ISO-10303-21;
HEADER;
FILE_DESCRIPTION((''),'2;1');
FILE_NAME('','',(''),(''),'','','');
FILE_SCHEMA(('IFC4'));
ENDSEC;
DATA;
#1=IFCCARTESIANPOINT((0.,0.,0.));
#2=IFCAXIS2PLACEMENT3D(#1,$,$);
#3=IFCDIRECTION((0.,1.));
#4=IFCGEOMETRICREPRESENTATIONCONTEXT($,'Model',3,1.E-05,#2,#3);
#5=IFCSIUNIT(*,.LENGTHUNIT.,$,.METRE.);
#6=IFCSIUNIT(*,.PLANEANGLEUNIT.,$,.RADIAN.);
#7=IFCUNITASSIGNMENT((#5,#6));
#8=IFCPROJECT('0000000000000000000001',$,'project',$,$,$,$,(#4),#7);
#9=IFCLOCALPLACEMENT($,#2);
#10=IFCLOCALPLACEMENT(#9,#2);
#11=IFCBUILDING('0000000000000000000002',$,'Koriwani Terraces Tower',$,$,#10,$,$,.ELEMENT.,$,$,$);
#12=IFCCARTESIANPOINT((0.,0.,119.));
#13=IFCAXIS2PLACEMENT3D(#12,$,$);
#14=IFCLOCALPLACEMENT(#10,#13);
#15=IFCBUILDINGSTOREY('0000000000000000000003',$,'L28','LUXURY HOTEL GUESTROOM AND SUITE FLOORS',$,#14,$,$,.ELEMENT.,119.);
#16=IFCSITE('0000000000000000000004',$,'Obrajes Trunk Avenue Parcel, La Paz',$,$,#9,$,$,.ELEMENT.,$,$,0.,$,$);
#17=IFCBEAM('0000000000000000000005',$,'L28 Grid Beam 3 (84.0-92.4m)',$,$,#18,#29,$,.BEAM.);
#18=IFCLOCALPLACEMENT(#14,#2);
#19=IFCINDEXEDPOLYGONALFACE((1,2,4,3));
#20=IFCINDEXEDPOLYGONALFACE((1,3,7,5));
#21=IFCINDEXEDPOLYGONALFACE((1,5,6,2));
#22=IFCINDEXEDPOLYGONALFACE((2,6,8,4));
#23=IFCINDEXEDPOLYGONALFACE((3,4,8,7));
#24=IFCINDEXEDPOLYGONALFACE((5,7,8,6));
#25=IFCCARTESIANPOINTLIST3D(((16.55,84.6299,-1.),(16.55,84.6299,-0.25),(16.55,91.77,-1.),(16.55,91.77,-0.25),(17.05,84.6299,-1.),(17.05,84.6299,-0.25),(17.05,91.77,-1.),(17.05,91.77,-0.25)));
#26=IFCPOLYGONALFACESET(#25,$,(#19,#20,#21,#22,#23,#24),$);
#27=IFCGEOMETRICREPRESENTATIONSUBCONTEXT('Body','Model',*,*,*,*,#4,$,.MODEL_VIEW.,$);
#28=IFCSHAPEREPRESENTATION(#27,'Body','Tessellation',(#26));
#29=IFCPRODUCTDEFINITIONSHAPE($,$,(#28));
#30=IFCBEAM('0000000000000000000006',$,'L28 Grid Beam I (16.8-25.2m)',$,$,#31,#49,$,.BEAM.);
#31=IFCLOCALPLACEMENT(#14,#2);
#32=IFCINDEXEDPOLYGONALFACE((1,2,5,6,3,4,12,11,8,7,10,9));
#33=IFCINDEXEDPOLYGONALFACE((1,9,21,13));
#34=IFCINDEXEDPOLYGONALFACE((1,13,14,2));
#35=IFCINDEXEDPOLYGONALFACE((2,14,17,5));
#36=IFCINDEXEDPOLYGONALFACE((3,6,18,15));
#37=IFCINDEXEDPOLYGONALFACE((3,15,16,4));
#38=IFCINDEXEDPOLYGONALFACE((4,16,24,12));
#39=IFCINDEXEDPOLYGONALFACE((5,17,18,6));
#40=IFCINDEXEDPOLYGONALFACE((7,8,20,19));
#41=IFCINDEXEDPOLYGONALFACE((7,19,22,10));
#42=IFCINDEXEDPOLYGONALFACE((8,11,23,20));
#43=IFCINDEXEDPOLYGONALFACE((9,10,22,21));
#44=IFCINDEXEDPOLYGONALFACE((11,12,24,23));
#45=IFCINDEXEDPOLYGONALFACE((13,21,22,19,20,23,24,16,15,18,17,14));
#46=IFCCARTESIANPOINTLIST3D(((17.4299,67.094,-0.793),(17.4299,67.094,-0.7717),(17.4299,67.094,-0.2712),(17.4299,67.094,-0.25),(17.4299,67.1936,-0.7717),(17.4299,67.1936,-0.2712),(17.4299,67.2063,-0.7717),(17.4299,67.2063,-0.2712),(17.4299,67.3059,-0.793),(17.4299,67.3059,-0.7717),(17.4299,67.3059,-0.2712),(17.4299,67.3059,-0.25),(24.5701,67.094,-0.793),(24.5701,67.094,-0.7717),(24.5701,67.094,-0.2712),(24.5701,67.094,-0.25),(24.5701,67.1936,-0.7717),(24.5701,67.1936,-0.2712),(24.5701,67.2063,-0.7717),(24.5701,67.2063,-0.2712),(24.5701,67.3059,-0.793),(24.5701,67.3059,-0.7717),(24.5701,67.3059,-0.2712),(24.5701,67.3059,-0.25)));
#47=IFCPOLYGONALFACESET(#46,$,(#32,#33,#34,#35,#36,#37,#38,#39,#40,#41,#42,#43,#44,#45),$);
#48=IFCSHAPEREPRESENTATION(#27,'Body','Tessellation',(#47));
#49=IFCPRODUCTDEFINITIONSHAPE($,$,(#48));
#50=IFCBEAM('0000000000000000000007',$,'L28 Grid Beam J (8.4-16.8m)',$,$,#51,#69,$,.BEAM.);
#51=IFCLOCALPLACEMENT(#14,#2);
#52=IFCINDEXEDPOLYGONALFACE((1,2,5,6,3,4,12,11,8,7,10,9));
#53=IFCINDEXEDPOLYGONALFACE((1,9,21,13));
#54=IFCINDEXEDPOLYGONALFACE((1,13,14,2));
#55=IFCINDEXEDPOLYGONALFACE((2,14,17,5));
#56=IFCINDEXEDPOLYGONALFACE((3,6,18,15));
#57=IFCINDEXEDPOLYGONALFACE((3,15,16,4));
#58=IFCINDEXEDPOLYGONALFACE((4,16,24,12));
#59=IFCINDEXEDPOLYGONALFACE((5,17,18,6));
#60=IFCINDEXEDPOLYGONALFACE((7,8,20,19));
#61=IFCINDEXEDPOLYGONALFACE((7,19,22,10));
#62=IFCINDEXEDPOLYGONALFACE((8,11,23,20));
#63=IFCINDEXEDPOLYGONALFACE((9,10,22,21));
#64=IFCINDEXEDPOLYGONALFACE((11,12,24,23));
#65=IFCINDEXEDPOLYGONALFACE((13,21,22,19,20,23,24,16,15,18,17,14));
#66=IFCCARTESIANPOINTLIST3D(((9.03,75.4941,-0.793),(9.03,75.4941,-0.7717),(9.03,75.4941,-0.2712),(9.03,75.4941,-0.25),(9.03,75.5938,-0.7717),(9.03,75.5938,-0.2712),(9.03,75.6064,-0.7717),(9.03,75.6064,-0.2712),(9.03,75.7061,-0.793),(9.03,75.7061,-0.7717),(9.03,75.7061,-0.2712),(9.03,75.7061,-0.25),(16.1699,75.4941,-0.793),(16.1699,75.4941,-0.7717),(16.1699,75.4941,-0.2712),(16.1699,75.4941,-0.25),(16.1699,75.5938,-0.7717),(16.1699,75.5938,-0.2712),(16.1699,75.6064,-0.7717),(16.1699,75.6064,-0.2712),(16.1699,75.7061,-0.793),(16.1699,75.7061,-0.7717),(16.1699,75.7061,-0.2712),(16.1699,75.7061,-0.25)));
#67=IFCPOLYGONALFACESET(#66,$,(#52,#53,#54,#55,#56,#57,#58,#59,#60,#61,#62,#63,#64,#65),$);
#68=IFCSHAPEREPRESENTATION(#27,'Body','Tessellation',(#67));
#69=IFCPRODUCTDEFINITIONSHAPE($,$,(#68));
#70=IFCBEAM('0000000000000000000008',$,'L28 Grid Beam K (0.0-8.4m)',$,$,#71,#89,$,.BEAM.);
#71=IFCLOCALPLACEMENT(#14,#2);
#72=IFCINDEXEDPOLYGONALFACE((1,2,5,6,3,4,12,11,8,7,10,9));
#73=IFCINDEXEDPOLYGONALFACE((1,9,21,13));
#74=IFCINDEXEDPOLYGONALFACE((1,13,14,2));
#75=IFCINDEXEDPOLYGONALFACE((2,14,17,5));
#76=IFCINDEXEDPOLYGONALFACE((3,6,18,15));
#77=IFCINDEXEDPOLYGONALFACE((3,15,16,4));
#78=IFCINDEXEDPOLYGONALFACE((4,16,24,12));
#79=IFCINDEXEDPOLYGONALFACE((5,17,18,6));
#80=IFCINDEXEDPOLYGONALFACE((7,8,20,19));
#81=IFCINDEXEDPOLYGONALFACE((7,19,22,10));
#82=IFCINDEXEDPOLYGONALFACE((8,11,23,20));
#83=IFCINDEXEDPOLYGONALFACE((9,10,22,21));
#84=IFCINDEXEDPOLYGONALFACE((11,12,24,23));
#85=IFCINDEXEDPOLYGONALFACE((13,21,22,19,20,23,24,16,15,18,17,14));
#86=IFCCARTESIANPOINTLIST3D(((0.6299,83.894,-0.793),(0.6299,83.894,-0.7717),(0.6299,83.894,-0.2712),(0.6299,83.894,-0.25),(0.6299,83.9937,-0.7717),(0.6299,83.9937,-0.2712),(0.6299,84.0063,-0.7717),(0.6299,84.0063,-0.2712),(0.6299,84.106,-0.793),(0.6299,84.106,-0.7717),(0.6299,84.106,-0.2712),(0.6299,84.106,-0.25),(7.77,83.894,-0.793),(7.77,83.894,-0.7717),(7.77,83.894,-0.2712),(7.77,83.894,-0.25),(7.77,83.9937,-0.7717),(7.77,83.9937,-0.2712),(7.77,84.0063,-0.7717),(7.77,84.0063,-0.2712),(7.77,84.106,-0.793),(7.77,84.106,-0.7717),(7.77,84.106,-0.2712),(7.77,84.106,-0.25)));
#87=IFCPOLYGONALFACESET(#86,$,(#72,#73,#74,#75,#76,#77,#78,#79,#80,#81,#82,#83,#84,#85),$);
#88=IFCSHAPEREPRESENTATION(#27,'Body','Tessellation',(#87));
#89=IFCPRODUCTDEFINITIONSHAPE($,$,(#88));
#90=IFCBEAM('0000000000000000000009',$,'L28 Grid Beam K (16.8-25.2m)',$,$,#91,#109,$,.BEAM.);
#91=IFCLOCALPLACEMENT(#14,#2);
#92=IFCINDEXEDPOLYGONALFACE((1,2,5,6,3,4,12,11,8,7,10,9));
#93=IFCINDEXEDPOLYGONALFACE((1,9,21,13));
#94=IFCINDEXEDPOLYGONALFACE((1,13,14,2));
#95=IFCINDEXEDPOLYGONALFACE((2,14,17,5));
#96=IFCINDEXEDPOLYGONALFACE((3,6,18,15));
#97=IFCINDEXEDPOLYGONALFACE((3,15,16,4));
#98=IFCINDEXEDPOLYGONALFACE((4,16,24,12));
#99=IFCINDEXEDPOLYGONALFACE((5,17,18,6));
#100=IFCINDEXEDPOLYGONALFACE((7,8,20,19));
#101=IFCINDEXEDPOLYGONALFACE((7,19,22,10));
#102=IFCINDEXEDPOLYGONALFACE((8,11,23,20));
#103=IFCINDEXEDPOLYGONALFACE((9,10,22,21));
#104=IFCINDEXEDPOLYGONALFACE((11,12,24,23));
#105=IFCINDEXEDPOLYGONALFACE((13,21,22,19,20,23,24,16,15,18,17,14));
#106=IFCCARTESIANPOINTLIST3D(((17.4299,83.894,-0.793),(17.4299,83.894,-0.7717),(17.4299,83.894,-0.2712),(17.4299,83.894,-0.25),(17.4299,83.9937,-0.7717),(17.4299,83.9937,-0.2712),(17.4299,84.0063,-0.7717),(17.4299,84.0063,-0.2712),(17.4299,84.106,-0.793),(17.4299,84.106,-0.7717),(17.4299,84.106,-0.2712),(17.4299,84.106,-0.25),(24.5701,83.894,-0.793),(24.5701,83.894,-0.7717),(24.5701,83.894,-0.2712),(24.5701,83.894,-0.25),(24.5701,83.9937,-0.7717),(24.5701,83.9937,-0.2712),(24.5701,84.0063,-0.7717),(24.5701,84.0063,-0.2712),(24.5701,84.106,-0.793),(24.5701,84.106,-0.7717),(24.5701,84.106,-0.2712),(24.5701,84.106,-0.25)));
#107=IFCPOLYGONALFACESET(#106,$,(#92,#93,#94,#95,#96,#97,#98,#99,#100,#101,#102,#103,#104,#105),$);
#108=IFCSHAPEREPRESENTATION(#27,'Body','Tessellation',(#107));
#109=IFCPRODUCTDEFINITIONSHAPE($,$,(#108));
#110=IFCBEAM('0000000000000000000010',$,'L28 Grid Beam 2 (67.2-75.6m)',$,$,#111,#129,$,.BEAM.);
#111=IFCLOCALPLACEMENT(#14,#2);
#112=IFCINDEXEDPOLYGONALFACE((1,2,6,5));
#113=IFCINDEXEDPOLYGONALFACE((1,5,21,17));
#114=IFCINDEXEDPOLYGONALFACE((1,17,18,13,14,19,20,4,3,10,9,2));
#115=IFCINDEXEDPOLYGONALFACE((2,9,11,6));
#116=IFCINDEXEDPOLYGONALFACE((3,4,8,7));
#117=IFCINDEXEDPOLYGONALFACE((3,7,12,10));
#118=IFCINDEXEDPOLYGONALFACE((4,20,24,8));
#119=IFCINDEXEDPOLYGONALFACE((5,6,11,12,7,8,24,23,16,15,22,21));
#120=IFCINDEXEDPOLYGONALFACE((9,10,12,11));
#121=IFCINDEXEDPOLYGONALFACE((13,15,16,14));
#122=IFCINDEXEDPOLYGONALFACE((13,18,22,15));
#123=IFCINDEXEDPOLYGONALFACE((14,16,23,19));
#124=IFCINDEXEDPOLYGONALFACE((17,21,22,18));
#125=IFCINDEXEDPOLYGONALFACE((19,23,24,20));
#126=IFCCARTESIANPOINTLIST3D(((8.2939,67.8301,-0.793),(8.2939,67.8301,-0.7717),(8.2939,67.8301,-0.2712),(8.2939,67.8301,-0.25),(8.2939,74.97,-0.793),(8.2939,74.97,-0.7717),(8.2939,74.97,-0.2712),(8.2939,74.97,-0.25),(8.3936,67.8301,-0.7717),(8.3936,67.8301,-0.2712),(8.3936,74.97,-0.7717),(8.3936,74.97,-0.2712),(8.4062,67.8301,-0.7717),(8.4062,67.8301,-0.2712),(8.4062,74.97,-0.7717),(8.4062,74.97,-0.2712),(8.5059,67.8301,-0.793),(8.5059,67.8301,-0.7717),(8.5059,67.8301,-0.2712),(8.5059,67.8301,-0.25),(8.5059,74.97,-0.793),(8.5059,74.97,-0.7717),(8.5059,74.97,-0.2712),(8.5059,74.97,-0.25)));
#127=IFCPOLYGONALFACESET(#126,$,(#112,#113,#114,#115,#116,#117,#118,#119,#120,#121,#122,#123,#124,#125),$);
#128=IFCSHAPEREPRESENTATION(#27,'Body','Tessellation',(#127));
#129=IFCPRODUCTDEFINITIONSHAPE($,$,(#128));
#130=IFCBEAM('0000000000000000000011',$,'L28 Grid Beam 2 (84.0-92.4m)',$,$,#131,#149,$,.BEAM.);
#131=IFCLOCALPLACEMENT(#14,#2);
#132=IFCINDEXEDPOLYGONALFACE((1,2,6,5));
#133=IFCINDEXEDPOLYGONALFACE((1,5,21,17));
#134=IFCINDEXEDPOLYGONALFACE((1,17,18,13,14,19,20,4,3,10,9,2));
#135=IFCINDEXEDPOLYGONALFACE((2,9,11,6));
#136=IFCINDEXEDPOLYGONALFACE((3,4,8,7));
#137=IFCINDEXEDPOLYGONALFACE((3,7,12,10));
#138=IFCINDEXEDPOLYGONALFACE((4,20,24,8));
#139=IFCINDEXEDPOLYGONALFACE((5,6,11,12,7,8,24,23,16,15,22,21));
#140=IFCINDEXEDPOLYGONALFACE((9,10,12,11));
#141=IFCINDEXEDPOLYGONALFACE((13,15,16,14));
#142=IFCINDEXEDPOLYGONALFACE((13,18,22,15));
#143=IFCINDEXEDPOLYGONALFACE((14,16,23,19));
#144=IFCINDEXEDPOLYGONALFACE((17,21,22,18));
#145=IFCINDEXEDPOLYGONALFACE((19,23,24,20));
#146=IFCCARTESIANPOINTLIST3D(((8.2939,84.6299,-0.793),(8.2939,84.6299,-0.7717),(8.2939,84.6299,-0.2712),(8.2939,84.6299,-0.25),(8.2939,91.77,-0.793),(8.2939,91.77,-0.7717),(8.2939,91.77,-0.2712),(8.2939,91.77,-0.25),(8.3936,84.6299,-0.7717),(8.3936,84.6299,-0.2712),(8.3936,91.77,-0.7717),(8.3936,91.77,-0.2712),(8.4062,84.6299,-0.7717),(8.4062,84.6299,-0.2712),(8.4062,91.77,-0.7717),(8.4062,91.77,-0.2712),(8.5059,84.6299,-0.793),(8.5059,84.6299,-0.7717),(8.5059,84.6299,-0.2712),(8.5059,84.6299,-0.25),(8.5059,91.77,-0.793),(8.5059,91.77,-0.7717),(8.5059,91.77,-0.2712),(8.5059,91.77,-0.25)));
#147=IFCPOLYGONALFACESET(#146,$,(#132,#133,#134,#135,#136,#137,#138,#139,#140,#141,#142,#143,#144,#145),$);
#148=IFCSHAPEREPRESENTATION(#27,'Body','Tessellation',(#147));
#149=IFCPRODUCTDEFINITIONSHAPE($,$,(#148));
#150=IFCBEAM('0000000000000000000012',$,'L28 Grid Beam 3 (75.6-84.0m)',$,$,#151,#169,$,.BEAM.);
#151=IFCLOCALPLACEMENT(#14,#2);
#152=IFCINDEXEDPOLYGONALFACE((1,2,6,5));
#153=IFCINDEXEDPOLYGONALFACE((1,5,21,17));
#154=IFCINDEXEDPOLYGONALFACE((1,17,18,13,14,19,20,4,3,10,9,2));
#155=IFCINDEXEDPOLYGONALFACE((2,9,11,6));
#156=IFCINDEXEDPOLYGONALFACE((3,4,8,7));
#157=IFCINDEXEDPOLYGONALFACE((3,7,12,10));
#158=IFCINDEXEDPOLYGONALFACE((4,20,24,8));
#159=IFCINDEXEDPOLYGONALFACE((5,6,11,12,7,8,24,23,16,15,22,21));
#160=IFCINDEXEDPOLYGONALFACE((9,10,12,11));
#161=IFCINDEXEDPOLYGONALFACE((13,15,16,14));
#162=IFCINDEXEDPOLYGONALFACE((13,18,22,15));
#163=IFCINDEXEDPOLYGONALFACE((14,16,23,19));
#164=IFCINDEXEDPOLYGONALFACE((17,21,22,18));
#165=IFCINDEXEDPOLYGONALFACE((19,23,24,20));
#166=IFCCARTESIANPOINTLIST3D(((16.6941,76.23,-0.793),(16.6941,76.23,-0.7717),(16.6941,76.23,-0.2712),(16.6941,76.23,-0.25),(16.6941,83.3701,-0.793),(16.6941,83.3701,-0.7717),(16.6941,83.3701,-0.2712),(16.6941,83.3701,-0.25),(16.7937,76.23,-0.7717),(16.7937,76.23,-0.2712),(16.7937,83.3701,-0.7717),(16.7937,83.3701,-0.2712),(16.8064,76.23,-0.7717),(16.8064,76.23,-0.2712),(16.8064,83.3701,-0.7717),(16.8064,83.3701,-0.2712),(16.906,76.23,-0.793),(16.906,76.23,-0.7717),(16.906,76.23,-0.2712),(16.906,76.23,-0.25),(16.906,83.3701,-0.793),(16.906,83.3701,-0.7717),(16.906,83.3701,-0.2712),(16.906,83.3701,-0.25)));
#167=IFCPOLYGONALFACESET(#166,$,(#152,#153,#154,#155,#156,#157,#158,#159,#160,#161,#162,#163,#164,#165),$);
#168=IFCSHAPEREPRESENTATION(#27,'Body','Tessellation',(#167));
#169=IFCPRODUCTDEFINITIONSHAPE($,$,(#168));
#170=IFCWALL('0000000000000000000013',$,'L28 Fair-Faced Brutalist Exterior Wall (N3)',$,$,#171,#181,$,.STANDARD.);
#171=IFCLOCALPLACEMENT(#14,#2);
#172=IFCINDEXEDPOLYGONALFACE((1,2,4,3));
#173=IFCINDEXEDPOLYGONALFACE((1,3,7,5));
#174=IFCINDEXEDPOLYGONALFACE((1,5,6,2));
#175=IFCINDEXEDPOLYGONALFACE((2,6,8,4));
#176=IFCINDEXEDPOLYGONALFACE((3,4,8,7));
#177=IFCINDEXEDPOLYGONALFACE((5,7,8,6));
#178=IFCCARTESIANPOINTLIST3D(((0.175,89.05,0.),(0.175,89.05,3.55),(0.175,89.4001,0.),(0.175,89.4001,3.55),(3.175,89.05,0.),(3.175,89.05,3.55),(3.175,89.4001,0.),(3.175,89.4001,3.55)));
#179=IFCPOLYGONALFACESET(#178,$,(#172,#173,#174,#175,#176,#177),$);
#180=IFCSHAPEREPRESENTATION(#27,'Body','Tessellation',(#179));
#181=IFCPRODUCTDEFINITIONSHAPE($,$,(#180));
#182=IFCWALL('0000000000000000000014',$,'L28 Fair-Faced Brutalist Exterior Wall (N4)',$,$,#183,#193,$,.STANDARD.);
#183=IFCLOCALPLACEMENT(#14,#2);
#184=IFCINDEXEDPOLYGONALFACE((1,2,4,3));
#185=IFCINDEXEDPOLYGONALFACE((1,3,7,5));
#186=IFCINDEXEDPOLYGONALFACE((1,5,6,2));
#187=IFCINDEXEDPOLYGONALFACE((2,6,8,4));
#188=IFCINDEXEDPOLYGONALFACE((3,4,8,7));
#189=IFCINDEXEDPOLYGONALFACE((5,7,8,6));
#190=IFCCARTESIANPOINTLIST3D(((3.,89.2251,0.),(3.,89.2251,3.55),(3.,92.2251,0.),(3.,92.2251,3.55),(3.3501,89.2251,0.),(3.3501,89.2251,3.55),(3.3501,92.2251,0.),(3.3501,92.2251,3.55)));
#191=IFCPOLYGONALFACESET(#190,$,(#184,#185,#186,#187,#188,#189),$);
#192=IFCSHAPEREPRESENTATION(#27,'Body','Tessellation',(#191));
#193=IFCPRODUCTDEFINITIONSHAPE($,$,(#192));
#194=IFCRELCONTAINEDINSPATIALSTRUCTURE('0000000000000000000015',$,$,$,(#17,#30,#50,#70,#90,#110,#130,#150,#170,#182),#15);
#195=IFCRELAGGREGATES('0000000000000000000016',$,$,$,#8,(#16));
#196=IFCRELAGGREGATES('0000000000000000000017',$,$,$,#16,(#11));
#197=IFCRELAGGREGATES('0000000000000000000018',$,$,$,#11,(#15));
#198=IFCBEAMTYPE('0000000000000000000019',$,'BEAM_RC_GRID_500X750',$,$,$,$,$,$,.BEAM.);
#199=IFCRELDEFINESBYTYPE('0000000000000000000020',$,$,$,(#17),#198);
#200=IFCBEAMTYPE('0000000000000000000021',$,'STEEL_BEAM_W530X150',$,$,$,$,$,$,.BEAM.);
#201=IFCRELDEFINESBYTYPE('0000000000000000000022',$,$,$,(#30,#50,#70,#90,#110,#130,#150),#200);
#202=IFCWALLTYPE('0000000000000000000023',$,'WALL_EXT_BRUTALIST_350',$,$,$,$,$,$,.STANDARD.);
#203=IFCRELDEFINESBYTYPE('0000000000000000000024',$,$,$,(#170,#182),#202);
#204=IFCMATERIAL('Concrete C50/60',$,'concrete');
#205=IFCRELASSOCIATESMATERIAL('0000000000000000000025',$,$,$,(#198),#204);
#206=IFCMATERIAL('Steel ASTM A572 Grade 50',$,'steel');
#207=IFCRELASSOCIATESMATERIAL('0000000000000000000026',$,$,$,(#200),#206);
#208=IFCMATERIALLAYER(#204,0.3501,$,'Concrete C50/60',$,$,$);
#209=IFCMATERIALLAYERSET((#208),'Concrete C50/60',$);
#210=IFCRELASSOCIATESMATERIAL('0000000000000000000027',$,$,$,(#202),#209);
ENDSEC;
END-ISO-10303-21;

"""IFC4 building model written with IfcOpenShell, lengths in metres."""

from ifc_helpers import new_model, si_unit, direction, frame, frame_2d, origin, origin_2d, place, context, subcontext, project, spatial, rectangle, i_section, extrude, material, layer, layer_set, material_profile, profile_set, type_object, element, save


model = new_model("IFC4")

# Units and contexts
model_context = context("Model", 3, precision=1e-05, world=origin(), true_north=direction((0.0, 1.0)))
body_context = subcontext(model_context, "Body", "Model", "MODEL_VIEW")
ifc_project = project(units=[si_unit("LENGTHUNIT", "METRE"), si_unit("PLANEANGLEUNIT", "RADIAN")], contexts=[model_context])

# Site, building, storey
site_placement = place(None, origin())
site = spatial("IfcSite", under=ifc_project, at=site_placement, Name="Obrajes Trunk Avenue Parcel, La Paz", CompositionType="ELEMENT", RefElevation=0.0)
building_placement = place(site_placement, origin())
building = spatial("IfcBuilding", under=site, at=building_placement, Name="Koriwani Terraces Tower", CompositionType="ELEMENT")
storey_placement = place(building_placement, frame((0.0, 0.0, 119.0)))
storey = spatial("IfcBuildingStorey", under=building, at=storey_placement, Name="L28", Description="LUXURY HOTEL GUESTROOM AND SUITE FLOORS", CompositionType="ELEMENT", Elevation=119.0)

# Beams
ifc_material_1 = material(Name="Concrete C50/60", Category="concrete")
ifc_material_profile_1 = material_profile(ifc_material_1, rectangle(XDim=0.5, YDim=0.75, at=origin_2d()), Name="Concrete C50/60", Category="LoadBearing")
ifc_profile_set_1 = profile_set([ifc_material_profile_1], Name="Concrete C50/60")
beam_type_1 = type_object("IfcBeamType", Name="BEAM_RC_GRID_500X750", PredefinedType="BEAM", material=ifc_profile_set_1)
beam_1_placement = place(storey_placement, frame((16.8, 84.6299, -0.625), z_axis=(0.0, 1.0, 0.0), x_axis=(-1.0, 0.0, 0.0)))
element("IfcBeam", 1, at=beam_1_placement, inside=storey, type_object=beam_type_1, Name="L28 Grid Beam 3 (84.0-92.4m)", PredefinedType="BEAM", context=body_context, shape_type="SweptSolid", body=[
    extrude(rectangle(XDim=0.5, YDim=0.75, at=origin_2d()), origin(), (0.0, 0.0, 1.0), 7.1401),
])
ifc_material_2 = material(Name="Steel ASTM A572 Grade 50", Category="steel")
ifc_material_profile_2 = material_profile(ifc_material_2, i_section(OverallWidth=0.2119, OverallDepth=0.543, WebThickness=0.0127, FlangeThickness=0.0212, at=origin_2d()), Name="Steel ASTM A572 Grade 50", Category="LoadBearing")
ifc_profile_set_2 = profile_set([ifc_material_profile_2], Name="Steel ASTM A572 Grade 50")
beam_type_2 = type_object("IfcBeamType", Name="STEEL_BEAM_W530X150", PredefinedType="BEAM", material=ifc_profile_set_2)
beam_2_placement = place(storey_placement, frame((17.4299, 67.2, -0.5215), z_axis=(1.0, 0.0, 0.0), x_axis=(0.0, 1.0, 0.0)))
element("IfcBeam", 2, at=beam_2_placement, inside=storey, type_object=beam_type_2, Name="L28 Grid Beam I (16.8-25.2m)", PredefinedType="BEAM", context=body_context, shape_type="SweptSolid", body=[
    extrude(i_section(OverallWidth=0.2119, OverallDepth=0.543, WebThickness=0.0127, FlangeThickness=0.0212, at=origin_2d()), origin(), (0.0, 0.0, 1.0), 7.1401),
])
beam_3_placement = place(storey_placement, frame((9.03, 75.6001, -0.5215), z_axis=(1.0, 0.0, 0.0), x_axis=(0.0, 1.0, 0.0)))
element("IfcBeam", 3, at=beam_3_placement, inside=storey, type_object=beam_type_2, Name="L28 Grid Beam J (8.4-16.8m)", PredefinedType="BEAM", context=body_context, shape_type="SweptSolid", body=[
    extrude(i_section(OverallWidth=0.2119, OverallDepth=0.543, WebThickness=0.0127, FlangeThickness=0.0212, at=origin_2d()), origin(), (0.0, 0.0, 1.0), 7.1399),
])
for number, where, z_axis, x_axis, name in (
    (4, (0.6299, 84.0, -0.5215), (1.0, 0.0, 0.0), (0.0, 1.0, 0.0), "L28 Grid Beam K (0.0-8.4m)"),
    (5, (17.4299, 84.0, -0.5215), (1.0, 0.0, 0.0), (0.0, 1.0, 0.0), "L28 Grid Beam K (16.8-25.2m)"),
):
    element("IfcBeam", number, at=place(storey_placement, frame(where, z_axis=z_axis, x_axis=x_axis)), inside=storey, type_object=beam_type_2, Name=name, PredefinedType="BEAM", context=body_context, shape_type="SweptSolid", body=[
        extrude(i_section(OverallWidth=0.2119, OverallDepth=0.543, WebThickness=0.0127, FlangeThickness=0.0212, at=origin_2d()), origin(), (0.0, 0.0, 1.0), 7.1401),
    ])
beam_4_placement = place(storey_placement, frame((8.3999, 67.8301, -0.5215), z_axis=(0.0, 1.0, 0.0), x_axis=(-1.0, 0.0, 0.0)))
element("IfcBeam", 6, at=beam_4_placement, inside=storey, type_object=beam_type_2, Name="L28 Grid Beam 2 (67.2-75.6m)", PredefinedType="BEAM", context=body_context, shape_type="SweptSolid", body=[
    extrude(i_section(OverallWidth=0.2119, OverallDepth=0.543, WebThickness=0.0127, FlangeThickness=0.0212, at=origin_2d()), origin(), (0.0, 0.0, 1.0), 7.1399),
])
for number, where, z_axis, x_axis, name in (
    (7, (8.3999, 84.6299, -0.5215), (0.0, 1.0, 0.0), (-1.0, 0.0, 0.0), "L28 Grid Beam 2 (84.0-92.4m)"),
    (8, (16.8, 76.23, -0.5215), (0.0, 1.0, 0.0), (-1.0, 0.0, 0.0), "L28 Grid Beam 3 (75.6-84.0m)"),
):
    element("IfcBeam", number, at=place(storey_placement, frame(where, z_axis=z_axis, x_axis=x_axis)), inside=storey, type_object=beam_type_2, Name=name, PredefinedType="BEAM", context=body_context, shape_type="SweptSolid", body=[
        extrude(i_section(OverallWidth=0.2119, OverallDepth=0.543, WebThickness=0.0127, FlangeThickness=0.0212, at=origin_2d()), origin(), (0.0, 0.0, 1.0), 7.1401),
    ])

# Walls
ifc_layer = layer(ifc_material_1, 0.3501, Name="Concrete C50/60")
ifc_layer_set = layer_set([ifc_layer], Name="Concrete C50/60")
wall_type = type_object("IfcWallType", Name="WALL_EXT_BRUTALIST_350", PredefinedType="STANDARD", material=ifc_layer_set)
for number, where, z_axis, x_axis, name in (
    (9, (0.175, 89.2251, 0.0), (0.0, 0.0, 1.0), (1.0, 0.0, 0.0), "L28 Fair-Faced Brutalist Exterior Wall (N3)"),
    (10, (3.175, 89.2251, 0.0), (0.0, 0.0, 1.0), (0.0, 1.0, 0.0), "L28 Fair-Faced Brutalist Exterior Wall (N4)"),
):
    element("IfcWall", number, at=place(storey_placement, frame(where, z_axis=z_axis, x_axis=x_axis)), inside=storey, type_object=wall_type, Name=name, PredefinedType="STANDARD", context=body_context, shape_type="SweptSolid", body=[
        extrude(rectangle(XDim=3.0, YDim=0.3501, at=frame_2d((1.5, 0.0))), origin(), (0.0, 0.0, 1.0), 3.55),
    ])

save(model, "model.ifc")
